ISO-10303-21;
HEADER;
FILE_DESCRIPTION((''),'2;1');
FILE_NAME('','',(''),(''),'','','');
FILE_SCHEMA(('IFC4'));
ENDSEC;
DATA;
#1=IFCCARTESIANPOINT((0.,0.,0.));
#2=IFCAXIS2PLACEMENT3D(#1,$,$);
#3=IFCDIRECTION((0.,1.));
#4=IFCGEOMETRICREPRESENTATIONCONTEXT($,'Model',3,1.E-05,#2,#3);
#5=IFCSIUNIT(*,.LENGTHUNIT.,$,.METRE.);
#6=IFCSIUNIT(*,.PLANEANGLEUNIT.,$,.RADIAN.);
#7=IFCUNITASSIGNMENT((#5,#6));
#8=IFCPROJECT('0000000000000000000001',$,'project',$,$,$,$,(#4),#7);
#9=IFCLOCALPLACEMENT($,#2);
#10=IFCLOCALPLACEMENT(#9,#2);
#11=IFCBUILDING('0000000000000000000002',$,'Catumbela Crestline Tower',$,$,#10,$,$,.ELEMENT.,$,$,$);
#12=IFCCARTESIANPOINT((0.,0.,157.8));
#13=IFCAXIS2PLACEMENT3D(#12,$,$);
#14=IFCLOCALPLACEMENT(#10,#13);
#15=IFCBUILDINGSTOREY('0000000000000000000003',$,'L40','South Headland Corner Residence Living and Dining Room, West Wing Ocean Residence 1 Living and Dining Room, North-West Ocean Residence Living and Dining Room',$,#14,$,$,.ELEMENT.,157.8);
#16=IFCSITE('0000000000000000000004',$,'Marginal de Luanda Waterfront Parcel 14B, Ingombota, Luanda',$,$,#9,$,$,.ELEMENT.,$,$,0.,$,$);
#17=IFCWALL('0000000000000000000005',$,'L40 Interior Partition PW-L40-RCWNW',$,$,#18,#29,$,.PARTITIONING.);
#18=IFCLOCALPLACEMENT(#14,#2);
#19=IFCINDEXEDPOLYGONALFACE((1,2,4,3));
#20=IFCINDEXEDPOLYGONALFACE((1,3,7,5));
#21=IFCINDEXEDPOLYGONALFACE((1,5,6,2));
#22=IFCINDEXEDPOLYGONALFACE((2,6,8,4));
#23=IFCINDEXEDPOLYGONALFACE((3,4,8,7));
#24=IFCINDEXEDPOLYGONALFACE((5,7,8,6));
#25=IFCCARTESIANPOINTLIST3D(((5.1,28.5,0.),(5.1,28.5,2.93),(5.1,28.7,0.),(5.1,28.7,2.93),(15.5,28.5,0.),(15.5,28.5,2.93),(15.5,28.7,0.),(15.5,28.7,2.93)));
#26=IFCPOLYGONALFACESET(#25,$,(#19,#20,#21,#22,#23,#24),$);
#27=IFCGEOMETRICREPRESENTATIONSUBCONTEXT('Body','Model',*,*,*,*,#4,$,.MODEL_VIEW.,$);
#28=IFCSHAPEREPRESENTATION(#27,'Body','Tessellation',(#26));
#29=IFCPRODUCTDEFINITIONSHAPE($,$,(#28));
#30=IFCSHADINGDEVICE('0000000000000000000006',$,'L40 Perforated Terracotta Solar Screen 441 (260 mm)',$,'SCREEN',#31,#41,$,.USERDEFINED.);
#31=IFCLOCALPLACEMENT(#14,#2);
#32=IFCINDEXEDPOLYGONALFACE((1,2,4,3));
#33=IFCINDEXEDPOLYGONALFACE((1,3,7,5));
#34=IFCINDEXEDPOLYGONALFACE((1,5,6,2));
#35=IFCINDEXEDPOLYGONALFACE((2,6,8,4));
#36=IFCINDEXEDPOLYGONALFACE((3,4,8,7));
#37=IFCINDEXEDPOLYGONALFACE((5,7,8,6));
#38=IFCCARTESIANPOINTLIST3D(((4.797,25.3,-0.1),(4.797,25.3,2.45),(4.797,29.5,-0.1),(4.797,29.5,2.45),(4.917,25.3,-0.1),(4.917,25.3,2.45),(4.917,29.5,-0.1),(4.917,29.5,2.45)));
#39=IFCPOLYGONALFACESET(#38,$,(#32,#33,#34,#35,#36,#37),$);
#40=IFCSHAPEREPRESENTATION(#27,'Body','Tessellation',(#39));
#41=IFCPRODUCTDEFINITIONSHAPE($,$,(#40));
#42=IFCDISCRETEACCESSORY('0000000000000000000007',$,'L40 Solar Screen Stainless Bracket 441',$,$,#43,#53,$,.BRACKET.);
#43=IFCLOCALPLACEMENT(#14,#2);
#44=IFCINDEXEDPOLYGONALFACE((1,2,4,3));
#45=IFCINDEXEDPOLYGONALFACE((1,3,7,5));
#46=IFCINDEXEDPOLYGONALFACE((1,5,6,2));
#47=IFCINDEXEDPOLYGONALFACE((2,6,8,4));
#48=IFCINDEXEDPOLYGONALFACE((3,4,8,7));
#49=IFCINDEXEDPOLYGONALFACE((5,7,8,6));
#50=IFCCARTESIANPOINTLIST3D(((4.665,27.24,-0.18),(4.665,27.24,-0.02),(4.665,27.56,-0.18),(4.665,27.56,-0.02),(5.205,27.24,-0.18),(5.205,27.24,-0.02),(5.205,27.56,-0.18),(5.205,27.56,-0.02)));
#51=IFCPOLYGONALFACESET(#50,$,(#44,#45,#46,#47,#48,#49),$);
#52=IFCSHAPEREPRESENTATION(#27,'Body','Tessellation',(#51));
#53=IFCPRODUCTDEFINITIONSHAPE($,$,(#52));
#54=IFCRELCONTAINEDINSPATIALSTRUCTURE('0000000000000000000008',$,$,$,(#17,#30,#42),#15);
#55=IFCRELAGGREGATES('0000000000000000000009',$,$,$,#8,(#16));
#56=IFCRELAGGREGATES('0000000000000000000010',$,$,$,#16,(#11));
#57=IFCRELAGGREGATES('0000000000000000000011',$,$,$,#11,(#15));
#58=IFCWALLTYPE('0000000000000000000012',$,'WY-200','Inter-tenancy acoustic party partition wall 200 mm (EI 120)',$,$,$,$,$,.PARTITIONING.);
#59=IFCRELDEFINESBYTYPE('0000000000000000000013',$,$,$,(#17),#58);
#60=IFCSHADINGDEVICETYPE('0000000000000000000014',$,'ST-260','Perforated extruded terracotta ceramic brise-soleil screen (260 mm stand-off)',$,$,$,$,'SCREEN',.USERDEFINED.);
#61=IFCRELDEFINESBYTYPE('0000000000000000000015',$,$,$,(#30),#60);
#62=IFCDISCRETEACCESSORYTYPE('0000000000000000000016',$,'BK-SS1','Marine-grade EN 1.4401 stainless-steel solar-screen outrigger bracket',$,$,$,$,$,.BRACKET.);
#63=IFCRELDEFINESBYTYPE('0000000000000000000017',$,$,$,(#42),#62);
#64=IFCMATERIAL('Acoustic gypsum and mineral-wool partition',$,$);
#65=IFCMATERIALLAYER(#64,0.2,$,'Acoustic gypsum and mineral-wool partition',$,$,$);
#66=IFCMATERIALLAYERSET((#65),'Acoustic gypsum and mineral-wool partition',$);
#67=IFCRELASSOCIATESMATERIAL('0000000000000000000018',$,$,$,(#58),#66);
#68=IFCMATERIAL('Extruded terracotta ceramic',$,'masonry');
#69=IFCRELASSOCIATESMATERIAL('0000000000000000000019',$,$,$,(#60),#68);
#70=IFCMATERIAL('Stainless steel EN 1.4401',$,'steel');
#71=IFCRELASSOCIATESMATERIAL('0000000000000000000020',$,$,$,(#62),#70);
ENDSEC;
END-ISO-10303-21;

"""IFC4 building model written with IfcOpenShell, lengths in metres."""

from ifc_helpers import new_model, si_unit, direction, frame, frame_2d, origin, origin_2d, place, context, subcontext, project, spatial, rectangle, extrude, material, layer, layer_set, type_object, element, save


model = new_model("IFC4")

# Units and contexts
model_context = context("Model", 3, precision=1e-05, world=origin(), true_north=direction((0.0, 1.0)))
body_context = subcontext(model_context, "Body", "Model", "MODEL_VIEW")
ifc_project = project(units=[si_unit("LENGTHUNIT", "METRE"), si_unit("PLANEANGLEUNIT", "RADIAN")], contexts=[model_context])

# Site, building, storey
site_placement = place(None, origin())
site = spatial("IfcSite", under=ifc_project, at=site_placement, Name="Marginal de Luanda Waterfront Parcel 14B, Ingombota, Luanda", CompositionType="ELEMENT", RefElevation=0.0)
building_placement = place(site_placement, origin())
building = spatial("IfcBuilding", under=site, at=building_placement, Name="Catumbela Crestline Tower", CompositionType="ELEMENT")
storey_placement = place(building_placement, frame((0.0, 0.0, 157.8)))
storey = spatial("IfcBuildingStorey", under=building, at=storey_placement, Name="L40", Description="South Headland Corner Residence Living and Dining Room, West Wing Ocean Residence 1 Living and Dining Room, North-West Ocean Residence Living and Dining Room", CompositionType="ELEMENT", Elevation=157.8)

# Shared definitions
ifc_material_1 = material(Name="Acoustic gypsum and mineral-wool partition")

# Wall
ifc_layer_1 = layer(ifc_material_1, 0.2, Name="Acoustic gypsum and mineral-wool partition")
ifc_layer_set_1 = layer_set([ifc_layer_1], Name="Acoustic gypsum and mineral-wool partition")
wall_type_1 = type_object("IfcWallType", Name="WY-200", Description="Inter-tenancy acoustic party partition wall 200 mm (EI 120)", PredefinedType="PARTITIONING", material=ifc_layer_set_1)
wall_1_placement = place(storey_placement, frame((5.1, 28.6, 0.0), z_axis=(0.0, 0.0, 1.0), x_axis=(1.0, 0.0, 0.0)))
element("IfcWall", 1, at=wall_1_placement, inside=storey, type_object=wall_type_1, Name="L40 Interior Partition PW-L40-RCWNW", PredefinedType="PARTITIONING", context=body_context, shape_type="SweptSolid", body=[
    extrude(rectangle(XDim=10.4, YDim=0.2, at=frame_2d((5.2, 0.0))), origin(), (0.0, 0.0, 1.0), 2.93),
])

# Shading device
ifc_material_2 = material(Name="Extruded terracotta ceramic", Category="masonry")
shading_device_type = type_object("IfcShadingDeviceType", Name="ST-260", Description="Perforated extruded terracotta ceramic brise-soleil screen (260 mm stand-off)", ElementType="SCREEN", PredefinedType="USERDEFINED", material=ifc_material_2)
shading_device_placement = place(storey_placement, frame((4.857, 27.4, -0.1), z_axis=(0.0, 0.0, 1.0), x_axis=(0.0, -1.0, 0.0)))
element("IfcShadingDevice", 2, at=shading_device_placement, inside=storey, type_object=shading_device_type, Name="L40 Perforated Terracotta Solar Screen 441 (260 mm)", ObjectType="SCREEN", PredefinedType="USERDEFINED", context=body_context, shape_type="SweptSolid", body=[
    extrude(rectangle(XDim=4.2, YDim=0.12, at=origin_2d()), origin(), (0.0, 0.0, 1.0), 2.55),
])

# Discrete accessory
ifc_material_3 = material(Name="Stainless steel EN 1.4401", Category="steel")
discrete_accessory_type = type_object("IfcDiscreteAccessoryType", Name="BK-SS1", Description="Marine-grade EN 1.4401 stainless-steel solar-screen outrigger bracket", PredefinedType="BRACKET", material=ifc_material_3)
discrete_accessory_placement = place(storey_placement, frame((4.935, 27.4, -0.18), z_axis=(0.0, 0.0, 1.0), x_axis=(0.0, -1.0, 0.0)))
element("IfcDiscreteAccessory", 3, at=discrete_accessory_placement, inside=storey, type_object=discrete_accessory_type, Name="L40 Solar Screen Stainless Bracket 441", PredefinedType="BRACKET", context=body_context, shape_type="SweptSolid", body=[
    extrude(rectangle(XDim=0.32, YDim=0.54, at=origin_2d()), origin(), (0.0, 0.0, 1.0), 0.16),
])

save(model, "model.ifc")
